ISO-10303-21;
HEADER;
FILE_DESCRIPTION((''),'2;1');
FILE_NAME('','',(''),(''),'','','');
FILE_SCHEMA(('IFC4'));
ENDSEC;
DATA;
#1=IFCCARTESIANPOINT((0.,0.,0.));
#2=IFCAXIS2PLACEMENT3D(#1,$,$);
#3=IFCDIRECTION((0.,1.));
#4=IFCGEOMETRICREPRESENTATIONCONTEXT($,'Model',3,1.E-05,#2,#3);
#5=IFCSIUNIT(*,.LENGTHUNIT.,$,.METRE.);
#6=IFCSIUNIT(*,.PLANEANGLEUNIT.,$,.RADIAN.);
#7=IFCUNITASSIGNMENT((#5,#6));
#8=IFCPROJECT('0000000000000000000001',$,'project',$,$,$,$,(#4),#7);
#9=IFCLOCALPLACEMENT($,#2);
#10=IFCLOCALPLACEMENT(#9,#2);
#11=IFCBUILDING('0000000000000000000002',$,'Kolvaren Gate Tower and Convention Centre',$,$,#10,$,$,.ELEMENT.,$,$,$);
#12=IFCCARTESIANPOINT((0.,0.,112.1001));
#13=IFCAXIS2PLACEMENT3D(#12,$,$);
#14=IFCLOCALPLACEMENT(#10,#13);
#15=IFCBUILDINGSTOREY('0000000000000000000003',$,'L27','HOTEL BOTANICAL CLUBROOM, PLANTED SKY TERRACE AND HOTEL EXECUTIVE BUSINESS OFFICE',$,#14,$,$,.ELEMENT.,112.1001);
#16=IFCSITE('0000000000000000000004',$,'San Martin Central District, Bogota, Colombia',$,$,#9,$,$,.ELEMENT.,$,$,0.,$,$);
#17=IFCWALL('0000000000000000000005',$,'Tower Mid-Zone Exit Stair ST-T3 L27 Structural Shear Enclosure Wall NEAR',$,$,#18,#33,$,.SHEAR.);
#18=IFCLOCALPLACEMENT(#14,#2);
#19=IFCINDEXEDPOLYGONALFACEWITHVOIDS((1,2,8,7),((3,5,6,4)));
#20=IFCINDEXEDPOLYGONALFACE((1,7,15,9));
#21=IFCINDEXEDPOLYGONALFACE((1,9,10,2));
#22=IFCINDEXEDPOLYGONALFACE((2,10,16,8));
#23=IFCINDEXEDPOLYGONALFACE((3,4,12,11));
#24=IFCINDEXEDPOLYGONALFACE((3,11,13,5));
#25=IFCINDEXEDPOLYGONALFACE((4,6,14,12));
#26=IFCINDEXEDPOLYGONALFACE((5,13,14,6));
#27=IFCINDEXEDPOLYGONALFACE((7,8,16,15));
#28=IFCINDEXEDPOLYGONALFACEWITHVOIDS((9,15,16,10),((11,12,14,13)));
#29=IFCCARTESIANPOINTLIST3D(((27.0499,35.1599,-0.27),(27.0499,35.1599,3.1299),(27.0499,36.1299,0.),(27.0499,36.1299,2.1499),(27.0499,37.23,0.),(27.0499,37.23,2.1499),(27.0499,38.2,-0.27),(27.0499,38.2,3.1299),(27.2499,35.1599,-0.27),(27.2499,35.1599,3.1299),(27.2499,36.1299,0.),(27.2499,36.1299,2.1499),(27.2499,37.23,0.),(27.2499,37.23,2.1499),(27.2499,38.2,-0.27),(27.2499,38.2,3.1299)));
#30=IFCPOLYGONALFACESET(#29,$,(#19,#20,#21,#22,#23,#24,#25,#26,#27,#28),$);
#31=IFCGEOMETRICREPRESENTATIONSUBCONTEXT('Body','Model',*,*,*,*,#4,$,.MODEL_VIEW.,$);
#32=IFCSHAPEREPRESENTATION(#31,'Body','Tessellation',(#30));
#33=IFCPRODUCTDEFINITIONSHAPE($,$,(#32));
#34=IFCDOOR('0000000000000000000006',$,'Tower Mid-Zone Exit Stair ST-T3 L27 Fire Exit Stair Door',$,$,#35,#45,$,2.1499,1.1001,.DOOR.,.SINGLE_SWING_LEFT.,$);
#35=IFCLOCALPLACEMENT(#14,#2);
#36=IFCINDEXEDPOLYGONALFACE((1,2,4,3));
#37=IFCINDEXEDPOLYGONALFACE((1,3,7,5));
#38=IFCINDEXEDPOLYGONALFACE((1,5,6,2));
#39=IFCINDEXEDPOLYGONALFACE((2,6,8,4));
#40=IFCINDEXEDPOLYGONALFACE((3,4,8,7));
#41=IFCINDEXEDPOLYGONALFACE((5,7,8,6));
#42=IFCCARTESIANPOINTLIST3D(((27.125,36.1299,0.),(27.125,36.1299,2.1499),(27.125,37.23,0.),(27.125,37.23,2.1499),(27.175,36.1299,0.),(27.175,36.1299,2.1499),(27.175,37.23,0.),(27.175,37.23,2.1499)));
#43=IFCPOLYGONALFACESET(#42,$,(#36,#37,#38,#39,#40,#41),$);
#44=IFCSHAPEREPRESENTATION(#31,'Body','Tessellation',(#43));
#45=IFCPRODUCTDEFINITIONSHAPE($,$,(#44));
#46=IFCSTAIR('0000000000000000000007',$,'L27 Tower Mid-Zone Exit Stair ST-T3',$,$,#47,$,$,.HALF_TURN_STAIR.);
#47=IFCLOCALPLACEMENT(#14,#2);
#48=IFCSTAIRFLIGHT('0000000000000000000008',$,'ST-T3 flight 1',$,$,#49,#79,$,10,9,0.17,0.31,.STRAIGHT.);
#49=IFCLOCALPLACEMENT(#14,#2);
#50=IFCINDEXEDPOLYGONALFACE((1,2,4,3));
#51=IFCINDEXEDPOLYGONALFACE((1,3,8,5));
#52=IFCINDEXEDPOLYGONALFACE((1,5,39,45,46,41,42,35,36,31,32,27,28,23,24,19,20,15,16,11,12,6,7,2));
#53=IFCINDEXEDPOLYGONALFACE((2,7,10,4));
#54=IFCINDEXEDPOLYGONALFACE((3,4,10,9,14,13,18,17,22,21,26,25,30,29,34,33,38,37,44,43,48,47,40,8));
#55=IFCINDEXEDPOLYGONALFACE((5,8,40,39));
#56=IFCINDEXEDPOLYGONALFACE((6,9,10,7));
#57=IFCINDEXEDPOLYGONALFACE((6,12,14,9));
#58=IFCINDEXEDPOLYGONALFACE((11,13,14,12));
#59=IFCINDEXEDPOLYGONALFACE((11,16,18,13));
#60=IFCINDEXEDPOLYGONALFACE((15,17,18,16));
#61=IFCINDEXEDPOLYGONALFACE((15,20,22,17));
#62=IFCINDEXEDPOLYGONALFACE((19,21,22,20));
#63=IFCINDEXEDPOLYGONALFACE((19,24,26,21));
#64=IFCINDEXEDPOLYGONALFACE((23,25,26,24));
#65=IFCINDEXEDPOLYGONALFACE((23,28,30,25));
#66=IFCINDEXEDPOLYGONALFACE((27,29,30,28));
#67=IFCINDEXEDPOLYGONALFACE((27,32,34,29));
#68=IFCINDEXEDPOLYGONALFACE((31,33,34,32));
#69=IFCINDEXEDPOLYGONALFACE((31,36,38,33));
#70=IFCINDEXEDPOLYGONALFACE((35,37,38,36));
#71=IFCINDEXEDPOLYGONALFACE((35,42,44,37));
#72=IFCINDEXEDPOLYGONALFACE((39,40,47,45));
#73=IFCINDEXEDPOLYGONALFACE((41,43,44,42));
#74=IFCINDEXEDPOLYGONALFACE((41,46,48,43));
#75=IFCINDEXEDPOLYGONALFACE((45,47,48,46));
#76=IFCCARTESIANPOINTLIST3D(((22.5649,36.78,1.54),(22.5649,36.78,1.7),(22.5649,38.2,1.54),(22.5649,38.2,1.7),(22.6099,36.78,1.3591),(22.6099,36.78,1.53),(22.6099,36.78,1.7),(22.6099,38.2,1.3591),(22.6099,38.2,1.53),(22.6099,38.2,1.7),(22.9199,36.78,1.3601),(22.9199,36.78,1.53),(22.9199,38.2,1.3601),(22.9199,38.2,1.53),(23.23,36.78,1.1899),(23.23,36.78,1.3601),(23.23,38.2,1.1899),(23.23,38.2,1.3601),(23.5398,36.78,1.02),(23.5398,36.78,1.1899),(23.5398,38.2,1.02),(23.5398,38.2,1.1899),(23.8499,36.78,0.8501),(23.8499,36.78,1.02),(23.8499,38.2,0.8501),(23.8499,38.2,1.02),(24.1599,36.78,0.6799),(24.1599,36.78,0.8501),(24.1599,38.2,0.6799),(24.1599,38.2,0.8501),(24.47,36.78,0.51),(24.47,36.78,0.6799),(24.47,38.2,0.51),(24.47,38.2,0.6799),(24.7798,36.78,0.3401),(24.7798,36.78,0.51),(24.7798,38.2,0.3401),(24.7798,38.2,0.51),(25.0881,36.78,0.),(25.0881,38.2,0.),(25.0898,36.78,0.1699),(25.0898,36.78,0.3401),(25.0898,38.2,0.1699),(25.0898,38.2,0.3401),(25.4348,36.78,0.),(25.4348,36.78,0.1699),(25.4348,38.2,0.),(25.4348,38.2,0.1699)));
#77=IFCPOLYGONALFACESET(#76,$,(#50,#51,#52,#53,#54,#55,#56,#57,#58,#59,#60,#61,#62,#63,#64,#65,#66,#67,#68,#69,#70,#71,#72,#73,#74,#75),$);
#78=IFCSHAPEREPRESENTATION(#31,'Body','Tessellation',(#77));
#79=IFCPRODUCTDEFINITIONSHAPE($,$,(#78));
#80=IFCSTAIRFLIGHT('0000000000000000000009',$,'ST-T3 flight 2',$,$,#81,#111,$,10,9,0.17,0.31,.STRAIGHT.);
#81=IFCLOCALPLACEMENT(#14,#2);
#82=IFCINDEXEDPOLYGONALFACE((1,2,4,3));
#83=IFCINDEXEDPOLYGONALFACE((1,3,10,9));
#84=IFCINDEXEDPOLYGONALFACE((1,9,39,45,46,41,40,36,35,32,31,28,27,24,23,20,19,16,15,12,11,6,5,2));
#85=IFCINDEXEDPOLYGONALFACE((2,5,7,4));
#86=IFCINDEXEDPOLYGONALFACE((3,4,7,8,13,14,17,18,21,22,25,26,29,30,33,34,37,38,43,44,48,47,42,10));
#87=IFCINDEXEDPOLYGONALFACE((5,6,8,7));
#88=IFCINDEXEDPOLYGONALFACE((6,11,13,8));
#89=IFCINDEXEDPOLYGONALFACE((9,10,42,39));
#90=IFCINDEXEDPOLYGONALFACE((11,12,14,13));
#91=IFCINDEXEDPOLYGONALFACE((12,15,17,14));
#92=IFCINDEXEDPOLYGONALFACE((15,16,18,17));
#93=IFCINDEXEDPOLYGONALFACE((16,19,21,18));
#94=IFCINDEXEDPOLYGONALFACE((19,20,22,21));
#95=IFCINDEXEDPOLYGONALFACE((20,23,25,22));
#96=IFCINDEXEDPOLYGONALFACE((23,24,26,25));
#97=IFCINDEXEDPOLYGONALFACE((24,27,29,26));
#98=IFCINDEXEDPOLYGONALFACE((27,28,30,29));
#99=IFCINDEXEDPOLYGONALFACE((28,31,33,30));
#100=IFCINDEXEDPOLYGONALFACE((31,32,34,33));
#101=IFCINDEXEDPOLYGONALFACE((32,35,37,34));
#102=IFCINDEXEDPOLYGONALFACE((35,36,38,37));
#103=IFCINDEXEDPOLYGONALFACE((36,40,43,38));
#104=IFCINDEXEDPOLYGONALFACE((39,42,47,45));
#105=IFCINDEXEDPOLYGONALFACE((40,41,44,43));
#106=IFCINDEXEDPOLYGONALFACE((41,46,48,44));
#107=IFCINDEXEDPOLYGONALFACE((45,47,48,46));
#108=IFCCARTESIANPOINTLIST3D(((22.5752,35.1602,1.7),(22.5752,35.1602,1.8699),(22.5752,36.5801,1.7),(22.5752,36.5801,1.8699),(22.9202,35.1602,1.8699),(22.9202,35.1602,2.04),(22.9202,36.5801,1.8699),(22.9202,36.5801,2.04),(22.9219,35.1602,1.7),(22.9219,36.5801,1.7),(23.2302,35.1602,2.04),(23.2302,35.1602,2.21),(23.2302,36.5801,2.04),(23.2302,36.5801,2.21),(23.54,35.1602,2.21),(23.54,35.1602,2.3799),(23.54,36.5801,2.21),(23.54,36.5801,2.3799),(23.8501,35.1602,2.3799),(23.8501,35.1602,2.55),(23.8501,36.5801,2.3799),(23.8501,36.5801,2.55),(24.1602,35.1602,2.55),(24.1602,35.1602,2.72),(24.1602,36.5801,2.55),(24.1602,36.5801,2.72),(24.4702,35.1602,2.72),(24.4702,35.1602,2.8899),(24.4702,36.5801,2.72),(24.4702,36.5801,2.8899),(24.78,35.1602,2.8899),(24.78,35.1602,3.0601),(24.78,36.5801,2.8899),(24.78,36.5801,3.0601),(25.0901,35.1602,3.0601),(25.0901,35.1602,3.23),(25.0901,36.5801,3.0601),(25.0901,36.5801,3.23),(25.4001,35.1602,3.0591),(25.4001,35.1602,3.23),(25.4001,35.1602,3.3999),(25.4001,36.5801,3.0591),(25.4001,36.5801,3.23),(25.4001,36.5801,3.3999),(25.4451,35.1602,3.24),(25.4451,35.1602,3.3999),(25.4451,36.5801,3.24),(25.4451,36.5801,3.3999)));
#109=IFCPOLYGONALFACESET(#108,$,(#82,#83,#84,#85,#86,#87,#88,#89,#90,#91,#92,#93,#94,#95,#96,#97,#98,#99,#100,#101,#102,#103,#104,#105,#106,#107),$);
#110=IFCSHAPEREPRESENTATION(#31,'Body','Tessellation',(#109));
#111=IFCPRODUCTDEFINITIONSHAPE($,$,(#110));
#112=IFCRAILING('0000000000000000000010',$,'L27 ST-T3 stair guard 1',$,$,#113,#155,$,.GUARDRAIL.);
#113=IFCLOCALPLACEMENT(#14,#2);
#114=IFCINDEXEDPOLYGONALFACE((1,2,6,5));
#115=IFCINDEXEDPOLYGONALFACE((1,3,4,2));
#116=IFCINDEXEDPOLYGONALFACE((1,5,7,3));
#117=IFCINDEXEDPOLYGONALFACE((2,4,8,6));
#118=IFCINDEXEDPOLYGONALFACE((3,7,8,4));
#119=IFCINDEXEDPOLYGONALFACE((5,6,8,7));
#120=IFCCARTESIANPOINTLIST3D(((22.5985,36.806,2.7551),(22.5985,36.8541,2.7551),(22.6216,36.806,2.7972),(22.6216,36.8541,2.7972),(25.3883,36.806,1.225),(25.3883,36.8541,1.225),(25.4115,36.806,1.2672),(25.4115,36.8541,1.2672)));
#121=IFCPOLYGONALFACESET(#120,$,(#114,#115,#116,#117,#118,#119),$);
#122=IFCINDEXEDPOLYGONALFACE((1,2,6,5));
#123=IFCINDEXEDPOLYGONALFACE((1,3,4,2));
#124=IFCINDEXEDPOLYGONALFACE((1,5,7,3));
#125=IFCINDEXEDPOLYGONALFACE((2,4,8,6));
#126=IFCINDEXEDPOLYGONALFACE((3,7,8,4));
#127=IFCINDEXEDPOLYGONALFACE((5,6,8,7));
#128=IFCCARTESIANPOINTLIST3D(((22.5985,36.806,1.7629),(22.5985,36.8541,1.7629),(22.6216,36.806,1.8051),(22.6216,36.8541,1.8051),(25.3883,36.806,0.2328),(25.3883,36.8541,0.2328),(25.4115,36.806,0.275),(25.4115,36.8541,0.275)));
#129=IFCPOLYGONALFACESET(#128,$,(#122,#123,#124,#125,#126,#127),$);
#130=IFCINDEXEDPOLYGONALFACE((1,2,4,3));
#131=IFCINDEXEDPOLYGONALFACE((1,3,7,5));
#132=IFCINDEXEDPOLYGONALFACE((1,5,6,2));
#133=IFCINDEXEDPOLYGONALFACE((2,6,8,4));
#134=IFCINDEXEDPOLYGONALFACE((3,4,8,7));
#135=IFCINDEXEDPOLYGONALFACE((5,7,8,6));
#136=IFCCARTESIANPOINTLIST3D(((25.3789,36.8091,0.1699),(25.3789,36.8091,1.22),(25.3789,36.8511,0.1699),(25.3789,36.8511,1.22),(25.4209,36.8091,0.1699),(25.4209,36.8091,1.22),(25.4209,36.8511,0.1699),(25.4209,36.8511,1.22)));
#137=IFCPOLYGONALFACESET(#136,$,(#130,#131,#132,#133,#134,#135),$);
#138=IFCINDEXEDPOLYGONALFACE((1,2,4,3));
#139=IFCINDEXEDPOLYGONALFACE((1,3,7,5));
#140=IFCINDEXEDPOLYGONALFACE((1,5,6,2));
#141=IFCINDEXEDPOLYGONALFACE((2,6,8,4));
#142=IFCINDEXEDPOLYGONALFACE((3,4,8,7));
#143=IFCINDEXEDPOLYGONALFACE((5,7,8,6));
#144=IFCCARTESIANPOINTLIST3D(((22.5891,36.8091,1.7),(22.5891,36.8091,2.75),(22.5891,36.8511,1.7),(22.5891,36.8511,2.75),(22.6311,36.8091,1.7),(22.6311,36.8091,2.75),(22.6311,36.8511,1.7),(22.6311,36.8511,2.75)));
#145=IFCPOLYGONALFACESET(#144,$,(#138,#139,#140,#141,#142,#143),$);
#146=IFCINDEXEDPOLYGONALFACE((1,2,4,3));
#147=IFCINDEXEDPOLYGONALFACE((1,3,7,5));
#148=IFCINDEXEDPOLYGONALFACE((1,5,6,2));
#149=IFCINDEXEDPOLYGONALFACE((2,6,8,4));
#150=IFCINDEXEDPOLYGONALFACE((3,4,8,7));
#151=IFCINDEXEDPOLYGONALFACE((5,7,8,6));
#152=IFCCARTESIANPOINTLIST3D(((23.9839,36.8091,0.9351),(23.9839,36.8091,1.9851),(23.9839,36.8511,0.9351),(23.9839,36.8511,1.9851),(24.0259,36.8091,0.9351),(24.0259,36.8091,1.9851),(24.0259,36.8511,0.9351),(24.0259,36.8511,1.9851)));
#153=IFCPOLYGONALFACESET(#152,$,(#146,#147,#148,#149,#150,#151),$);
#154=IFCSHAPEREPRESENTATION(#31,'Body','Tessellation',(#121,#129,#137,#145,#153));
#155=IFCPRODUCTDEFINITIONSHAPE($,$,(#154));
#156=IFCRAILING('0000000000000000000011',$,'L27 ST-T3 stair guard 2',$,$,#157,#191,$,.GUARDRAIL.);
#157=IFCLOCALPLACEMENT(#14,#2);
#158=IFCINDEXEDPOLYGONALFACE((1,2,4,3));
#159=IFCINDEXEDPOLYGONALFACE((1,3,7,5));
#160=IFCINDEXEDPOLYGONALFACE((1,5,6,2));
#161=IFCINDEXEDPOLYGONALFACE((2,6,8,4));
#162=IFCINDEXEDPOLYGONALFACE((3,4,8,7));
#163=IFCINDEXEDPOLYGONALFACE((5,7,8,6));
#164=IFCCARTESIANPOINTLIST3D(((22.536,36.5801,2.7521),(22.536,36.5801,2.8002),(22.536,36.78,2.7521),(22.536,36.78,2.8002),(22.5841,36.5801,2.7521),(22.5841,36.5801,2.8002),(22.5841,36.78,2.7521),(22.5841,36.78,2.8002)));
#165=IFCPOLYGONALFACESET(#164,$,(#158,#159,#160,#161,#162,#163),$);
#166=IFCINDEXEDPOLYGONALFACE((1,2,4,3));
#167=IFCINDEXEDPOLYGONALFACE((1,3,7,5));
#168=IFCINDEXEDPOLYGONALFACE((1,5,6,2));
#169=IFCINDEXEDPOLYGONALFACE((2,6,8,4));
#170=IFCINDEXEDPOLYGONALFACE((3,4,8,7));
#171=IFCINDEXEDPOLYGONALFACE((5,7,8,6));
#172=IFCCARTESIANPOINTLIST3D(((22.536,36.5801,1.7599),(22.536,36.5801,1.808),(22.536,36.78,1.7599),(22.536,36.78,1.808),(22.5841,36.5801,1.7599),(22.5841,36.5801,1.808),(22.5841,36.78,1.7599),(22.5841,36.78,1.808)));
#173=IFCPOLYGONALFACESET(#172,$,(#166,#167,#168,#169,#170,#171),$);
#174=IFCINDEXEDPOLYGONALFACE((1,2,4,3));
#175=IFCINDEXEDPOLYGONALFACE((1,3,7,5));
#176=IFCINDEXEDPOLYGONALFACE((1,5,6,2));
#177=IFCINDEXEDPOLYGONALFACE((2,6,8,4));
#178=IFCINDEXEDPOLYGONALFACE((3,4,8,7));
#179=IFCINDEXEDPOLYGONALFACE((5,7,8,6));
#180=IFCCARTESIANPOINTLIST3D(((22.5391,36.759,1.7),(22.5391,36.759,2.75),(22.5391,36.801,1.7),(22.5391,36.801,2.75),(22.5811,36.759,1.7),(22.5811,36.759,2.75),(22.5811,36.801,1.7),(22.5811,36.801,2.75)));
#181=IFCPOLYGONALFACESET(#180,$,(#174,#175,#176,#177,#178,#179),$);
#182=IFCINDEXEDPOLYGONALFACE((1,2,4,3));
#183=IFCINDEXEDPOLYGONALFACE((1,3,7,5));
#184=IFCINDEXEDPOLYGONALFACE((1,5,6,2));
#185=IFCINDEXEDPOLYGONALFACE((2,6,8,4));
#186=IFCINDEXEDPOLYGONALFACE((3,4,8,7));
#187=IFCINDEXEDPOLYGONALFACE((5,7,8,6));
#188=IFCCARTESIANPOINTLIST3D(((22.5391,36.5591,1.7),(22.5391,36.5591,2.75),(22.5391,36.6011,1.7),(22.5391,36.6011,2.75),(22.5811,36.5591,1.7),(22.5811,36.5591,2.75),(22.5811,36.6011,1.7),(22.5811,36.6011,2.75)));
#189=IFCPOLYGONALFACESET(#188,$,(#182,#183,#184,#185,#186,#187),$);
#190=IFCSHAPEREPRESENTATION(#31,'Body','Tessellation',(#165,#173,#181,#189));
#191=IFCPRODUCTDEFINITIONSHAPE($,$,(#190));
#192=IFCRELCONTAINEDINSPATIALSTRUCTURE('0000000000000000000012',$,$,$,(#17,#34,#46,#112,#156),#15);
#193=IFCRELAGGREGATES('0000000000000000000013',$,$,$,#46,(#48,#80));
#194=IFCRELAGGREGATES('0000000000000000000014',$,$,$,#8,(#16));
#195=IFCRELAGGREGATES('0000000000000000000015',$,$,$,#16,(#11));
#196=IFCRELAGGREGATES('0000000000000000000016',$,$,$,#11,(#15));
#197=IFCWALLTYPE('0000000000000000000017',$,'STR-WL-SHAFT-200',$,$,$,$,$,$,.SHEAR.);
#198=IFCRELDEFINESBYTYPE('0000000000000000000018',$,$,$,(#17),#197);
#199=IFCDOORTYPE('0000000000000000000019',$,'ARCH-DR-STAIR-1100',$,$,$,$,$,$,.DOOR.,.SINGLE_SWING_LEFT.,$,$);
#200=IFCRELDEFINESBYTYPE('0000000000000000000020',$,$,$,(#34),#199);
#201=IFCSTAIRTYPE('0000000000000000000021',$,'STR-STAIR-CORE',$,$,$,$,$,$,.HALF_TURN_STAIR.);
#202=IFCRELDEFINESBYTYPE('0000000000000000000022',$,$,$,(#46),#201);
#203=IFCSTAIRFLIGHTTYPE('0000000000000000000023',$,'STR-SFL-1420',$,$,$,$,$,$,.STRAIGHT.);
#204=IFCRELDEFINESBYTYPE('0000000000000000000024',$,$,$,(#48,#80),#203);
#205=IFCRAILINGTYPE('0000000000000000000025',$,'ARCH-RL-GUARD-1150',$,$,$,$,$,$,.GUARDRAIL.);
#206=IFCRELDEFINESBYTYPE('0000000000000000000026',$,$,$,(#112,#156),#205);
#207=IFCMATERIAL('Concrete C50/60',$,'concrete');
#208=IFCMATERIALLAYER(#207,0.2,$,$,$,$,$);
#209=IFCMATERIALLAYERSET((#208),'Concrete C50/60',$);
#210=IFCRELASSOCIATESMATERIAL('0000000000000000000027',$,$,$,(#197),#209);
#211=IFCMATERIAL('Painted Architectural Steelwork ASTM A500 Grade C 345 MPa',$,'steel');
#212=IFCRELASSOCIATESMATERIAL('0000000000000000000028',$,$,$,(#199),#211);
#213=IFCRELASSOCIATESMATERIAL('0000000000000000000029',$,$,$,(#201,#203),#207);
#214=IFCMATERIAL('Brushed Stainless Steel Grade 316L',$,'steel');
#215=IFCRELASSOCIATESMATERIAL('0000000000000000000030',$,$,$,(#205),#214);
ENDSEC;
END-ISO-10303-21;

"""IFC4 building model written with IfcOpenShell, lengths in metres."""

from ifc_helpers import new_model, si_unit, direction, frame, frame_2d, origin, origin_2d, place, context, subcontext, project, spatial, polyline, rectangle, outline, extrude, material, layer, layer_set, type_object, element, fill, aggregate, save


model = new_model("IFC4")

# Units and contexts
model_context = context("Model", 3, precision=1e-05, world=origin(), true_north=direction((0.0, 1.0)))
body_context = subcontext(model_context, "Body", "Model", "MODEL_VIEW")
ifc_project = project(units=[si_unit("LENGTHUNIT", "METRE"), si_unit("PLANEANGLEUNIT", "RADIAN")], contexts=[model_context])

# Site, building, storey
site_placement = place(None, origin())
site = spatial("IfcSite", under=ifc_project, at=site_placement, Name="San Martin Central District, Bogota, Colombia", CompositionType="ELEMENT", RefElevation=0.0)
building_placement = place(site_placement, origin())
building = spatial("IfcBuilding", under=site, at=building_placement, Name="Kolvaren Gate Tower and Convention Centre", CompositionType="ELEMENT")
storey_placement = place(building_placement, frame((0.0, 0.0, 112.1001)))
storey = spatial("IfcBuildingStorey", under=building, at=storey_placement, Name="L27", Description="HOTEL BOTANICAL CLUBROOM, PLANTED SKY TERRACE AND HOTEL EXECUTIVE BUSINESS OFFICE", CompositionType="ELEMENT", Elevation=112.1001)

# Wall, opening, door
ifc_material_1 = material(Name="Concrete C50/60", Category="concrete")
ifc_layer_1 = layer(ifc_material_1, 0.2)
ifc_layer_set_1 = layer_set([ifc_layer_1], Name="Concrete C50/60")
wall_type_1 = type_object("IfcWallType", Name="STR-WL-SHAFT-200", PredefinedType="SHEAR", material=ifc_layer_set_1)
wall_1_placement = place(storey_placement, frame((27.1499, 35.1599, -0.27), z_axis=(0.0, 0.0, 1.0), x_axis=(0.0, 1.0, 0.0)))
wall_1 = element("IfcWall", 1, at=wall_1_placement, inside=storey, type_object=wall_type_1, Name="Tower Mid-Zone Exit Stair ST-T3 L27 Structural Shear Enclosure Wall NEAR", PredefinedType="SHEAR", context=body_context, shape_type="SweptSolid", body=[
    extrude(rectangle(XDim=3.04, YDim=0.2, at=frame_2d((1.52, 0.0))), origin(), (0.0, 0.0, 1.0), 3.3999),
])
opening_1_placement = place(wall_1_placement, frame((0.97, 0.0, 0.27)))
opening_1 = element("IfcOpeningElement", 2, at=opening_1_placement, cuts=wall_1, PredefinedType="OPENING", context=body_context, shape_type="SweptSolid", body=[
    extrude(rectangle(XDim=1.1001, YDim=2.1499, at=frame_2d((0.55, 1.075))), frame((0.0, 0.1099, 0.0), z_axis=(0.0, -1.0, 0.0), x_axis=(1.0, 0.0, 0.0)), (0.0, 0.0, 1.0), 0.22),
])
ifc_material_2 = material(Name="Painted Architectural Steelwork ASTM A500 Grade C 345 MPa", Category="steel")
door_type = type_object("IfcDoorType", Name="ARCH-DR-STAIR-1100", OperationType="SINGLE_SWING_LEFT", PredefinedType="DOOR", material=ifc_material_2)
door_placement = place(opening_1_placement, origin())
door = element("IfcDoor", 3, at=door_placement, inside=storey, type_object=door_type, Name="Tower Mid-Zone Exit Stair ST-T3 L27 Fire Exit Stair Door", OperationType="SINGLE_SWING_LEFT", OverallHeight=2.1499, OverallWidth=1.1001, PredefinedType="DOOR", context=body_context, shape_type="SweptSolid", body=[
    extrude(rectangle(XDim=1.1001, YDim=2.1499, at=frame_2d((0.55, 1.075))), frame((0.0, 0.0249, 0.0), z_axis=(0.0, -1.0, 0.0), x_axis=(1.0, 0.0, 0.0)), (0.0, 0.0, 1.0), 0.05),
])
fill(opening_1, door)

# Stair, stair flights
stair_type = type_object("IfcStairType", Name="STR-STAIR-CORE", PredefinedType="HALF_TURN_STAIR", material=ifc_material_1)
stair_placement = place(storey_placement, origin())
stair = element("IfcStair", 4, at=stair_placement, inside=storey, type_object=stair_type, Name="L27 Tower Mid-Zone Exit Stair ST-T3", PredefinedType="HALF_TURN_STAIR")
stair_flight_type = type_object("IfcStairFlightType", Name="STR-SFL-1420", PredefinedType="STRAIGHT", material=ifc_material_1)
stair_flight_1_placement = place(storey_placement, frame((25.3999, 37.49, 0.0), z_axis=(0.0, 0.0, 1.0), x_axis=(-1.0, 0.0, 0.0)))
stair_flight_1 = element("IfcStairFlight", 5, at=stair_flight_1_placement, type_object=stair_flight_type, Name="ST-T3 flight 1", NumberOfRisers=10, NumberOfTreads=9, PredefinedType="STRAIGHT", RiserHeight=0.17, TreadLength=0.31, context=body_context, shape_type="SweptSolid", body=[
    extrude(outline(polyline([(-0.0349, 0.0), (-0.0349, 0.1699), (0.3101, 0.1699), (0.3101, 0.3401), (0.6201, 0.3401), (0.6201, 0.51), (0.9299, 0.51), (0.9299, 0.6799), (1.24, 0.6799), (1.24, 0.8501), (1.55, 0.8501), (1.55, 1.02), (1.8601, 1.02), (1.8601, 1.1899), (2.1699, 1.1899), (2.1699, 1.3601), (2.48, 1.3601), (2.48, 1.53), (2.79, 1.53), (2.79, 1.7), (2.835, 1.7), (2.835, 1.54), (2.79, 1.3591), (0.3118, 0.0), (-0.0349, 0.0)])), frame((0.0, 0.71, 0.0), z_axis=(0.0, -1.0, 0.0), x_axis=(1.0, 0.0, 0.0)), (0.0, 0.0, 1.0), 1.4199),
])
stair_flight_2_placement = place(storey_placement, frame((22.6101, 35.8701, 1.7), z_axis=(0.0, 0.0, 1.0), x_axis=(1.0, 0.0, 0.0)))
stair_flight_2 = element("IfcStairFlight", 6, at=stair_flight_2_placement, type_object=stair_flight_type, Name="ST-T3 flight 2", NumberOfRisers=10, NumberOfTreads=9, PredefinedType="STRAIGHT", RiserHeight=0.17, TreadLength=0.31, context=body_context, shape_type="SweptSolid", body=[
    extrude(outline(polyline([(-0.0349, 0.0), (-0.0349, 0.1699), (0.3101, 0.1699), (0.3101, 0.3401), (0.6201, 0.3401), (0.6201, 0.51), (0.9299, 0.51), (0.9299, 0.6799), (1.24, 0.6799), (1.24, 0.8501), (1.55, 0.8501), (1.55, 1.02), (1.8601, 1.02), (1.8601, 1.1899), (2.1699, 1.1899), (2.1699, 1.3601), (2.48, 1.3601), (2.48, 1.53), (2.79, 1.53), (2.79, 1.7), (2.835, 1.7), (2.835, 1.54), (2.79, 1.3591), (0.3118, 0.0), (-0.0349, 0.0)])), frame((0.0, 0.71, 0.0), z_axis=(0.0, -1.0, 0.0), x_axis=(1.0, 0.0, 0.0)), (0.0, 0.0, 1.0), 1.4199),
])
aggregate(stair, [stair_flight_1, stair_flight_2])

# Railings
ifc_material_3 = material(Name="Brushed Stainless Steel Grade 316L", Category="steel")
railing_type_1 = type_object("IfcRailingType", Name="ARCH-RL-GUARD-1150", PredefinedType="GUARDRAIL", material=ifc_material_3)
railing_1_placement = place(storey_placement, frame((25.3999, 36.8301, 0.1699)))
element("IfcRailing", 7, at=railing_1_placement, inside=storey, type_object=railing_type_1, Name="L27 ST-T3 stair guard 1", PredefinedType="GUARDRAIL", context=body_context, shape_type="SweptSolid", body=[
    extrude(rectangle(XDim=0.0481, YDim=0.0481, at=origin_2d()), frame((0.0, 0.0, 1.0762), z_axis=(-0.876794, 0.0, 0.480867), x_axis=(0.0, -1.0, 0.0)), (0.0, 0.0, 1.0), 3.1819),
    extrude(rectangle(XDim=0.0481, YDim=0.0481, at=origin_2d()), frame((0.0, 0.0, 0.084), z_axis=(-0.876794, 0.0, 0.480867), x_axis=(0.0, -1.0, 0.0)), (0.0, 0.0, 1.0), 3.1819),
    extrude(rectangle(XDim=0.042, YDim=0.042, at=origin_2d()), origin(), (0.0, 0.0, 1.0), 1.05),
    extrude(rectangle(XDim=0.042, YDim=0.042, at=origin_2d()), frame((-2.7898, 0.0, 1.53)), (0.0, 0.0, 1.0), 1.05),
    extrude(rectangle(XDim=0.042, YDim=0.042, at=origin_2d()), frame((-1.395, 0.0, 0.7651)), (0.0, 0.0, 1.0), 1.05),
])
railing_2_placement = place(storey_placement, frame((22.5601, 36.78, 1.7)))
element("IfcRailing", 8, at=railing_2_placement, inside=storey, type_object=railing_type_1, Name="L27 ST-T3 stair guard 2", PredefinedType="GUARDRAIL", context=body_context, shape_type="SweptSolid", body=[
    extrude(rectangle(XDim=0.0481, YDim=0.0481, at=origin_2d()), frame((0.0, 0.0, 1.0762), z_axis=(0.0, -1.0, 0.0), x_axis=(1.0, 0.0, 0.0)), (0.0, 0.0, 1.0), 0.2),
    extrude(rectangle(XDim=0.0481, YDim=0.0481, at=origin_2d()), frame((0.0, 0.0, 0.084), z_axis=(0.0, -1.0, 0.0), x_axis=(1.0, 0.0, 0.0)), (0.0, 0.0, 1.0), 0.2),
    extrude(rectangle(XDim=0.042, YDim=0.042, at=origin_2d()), origin(), (0.0, 0.0, 1.0), 1.05),
    extrude(rectangle(XDim=0.042, YDim=0.042, at=origin_2d()), frame((0.0, -0.2, 0.0)), (0.0, 0.0, 1.0), 1.05),
])

save(model, "model.ifc")
